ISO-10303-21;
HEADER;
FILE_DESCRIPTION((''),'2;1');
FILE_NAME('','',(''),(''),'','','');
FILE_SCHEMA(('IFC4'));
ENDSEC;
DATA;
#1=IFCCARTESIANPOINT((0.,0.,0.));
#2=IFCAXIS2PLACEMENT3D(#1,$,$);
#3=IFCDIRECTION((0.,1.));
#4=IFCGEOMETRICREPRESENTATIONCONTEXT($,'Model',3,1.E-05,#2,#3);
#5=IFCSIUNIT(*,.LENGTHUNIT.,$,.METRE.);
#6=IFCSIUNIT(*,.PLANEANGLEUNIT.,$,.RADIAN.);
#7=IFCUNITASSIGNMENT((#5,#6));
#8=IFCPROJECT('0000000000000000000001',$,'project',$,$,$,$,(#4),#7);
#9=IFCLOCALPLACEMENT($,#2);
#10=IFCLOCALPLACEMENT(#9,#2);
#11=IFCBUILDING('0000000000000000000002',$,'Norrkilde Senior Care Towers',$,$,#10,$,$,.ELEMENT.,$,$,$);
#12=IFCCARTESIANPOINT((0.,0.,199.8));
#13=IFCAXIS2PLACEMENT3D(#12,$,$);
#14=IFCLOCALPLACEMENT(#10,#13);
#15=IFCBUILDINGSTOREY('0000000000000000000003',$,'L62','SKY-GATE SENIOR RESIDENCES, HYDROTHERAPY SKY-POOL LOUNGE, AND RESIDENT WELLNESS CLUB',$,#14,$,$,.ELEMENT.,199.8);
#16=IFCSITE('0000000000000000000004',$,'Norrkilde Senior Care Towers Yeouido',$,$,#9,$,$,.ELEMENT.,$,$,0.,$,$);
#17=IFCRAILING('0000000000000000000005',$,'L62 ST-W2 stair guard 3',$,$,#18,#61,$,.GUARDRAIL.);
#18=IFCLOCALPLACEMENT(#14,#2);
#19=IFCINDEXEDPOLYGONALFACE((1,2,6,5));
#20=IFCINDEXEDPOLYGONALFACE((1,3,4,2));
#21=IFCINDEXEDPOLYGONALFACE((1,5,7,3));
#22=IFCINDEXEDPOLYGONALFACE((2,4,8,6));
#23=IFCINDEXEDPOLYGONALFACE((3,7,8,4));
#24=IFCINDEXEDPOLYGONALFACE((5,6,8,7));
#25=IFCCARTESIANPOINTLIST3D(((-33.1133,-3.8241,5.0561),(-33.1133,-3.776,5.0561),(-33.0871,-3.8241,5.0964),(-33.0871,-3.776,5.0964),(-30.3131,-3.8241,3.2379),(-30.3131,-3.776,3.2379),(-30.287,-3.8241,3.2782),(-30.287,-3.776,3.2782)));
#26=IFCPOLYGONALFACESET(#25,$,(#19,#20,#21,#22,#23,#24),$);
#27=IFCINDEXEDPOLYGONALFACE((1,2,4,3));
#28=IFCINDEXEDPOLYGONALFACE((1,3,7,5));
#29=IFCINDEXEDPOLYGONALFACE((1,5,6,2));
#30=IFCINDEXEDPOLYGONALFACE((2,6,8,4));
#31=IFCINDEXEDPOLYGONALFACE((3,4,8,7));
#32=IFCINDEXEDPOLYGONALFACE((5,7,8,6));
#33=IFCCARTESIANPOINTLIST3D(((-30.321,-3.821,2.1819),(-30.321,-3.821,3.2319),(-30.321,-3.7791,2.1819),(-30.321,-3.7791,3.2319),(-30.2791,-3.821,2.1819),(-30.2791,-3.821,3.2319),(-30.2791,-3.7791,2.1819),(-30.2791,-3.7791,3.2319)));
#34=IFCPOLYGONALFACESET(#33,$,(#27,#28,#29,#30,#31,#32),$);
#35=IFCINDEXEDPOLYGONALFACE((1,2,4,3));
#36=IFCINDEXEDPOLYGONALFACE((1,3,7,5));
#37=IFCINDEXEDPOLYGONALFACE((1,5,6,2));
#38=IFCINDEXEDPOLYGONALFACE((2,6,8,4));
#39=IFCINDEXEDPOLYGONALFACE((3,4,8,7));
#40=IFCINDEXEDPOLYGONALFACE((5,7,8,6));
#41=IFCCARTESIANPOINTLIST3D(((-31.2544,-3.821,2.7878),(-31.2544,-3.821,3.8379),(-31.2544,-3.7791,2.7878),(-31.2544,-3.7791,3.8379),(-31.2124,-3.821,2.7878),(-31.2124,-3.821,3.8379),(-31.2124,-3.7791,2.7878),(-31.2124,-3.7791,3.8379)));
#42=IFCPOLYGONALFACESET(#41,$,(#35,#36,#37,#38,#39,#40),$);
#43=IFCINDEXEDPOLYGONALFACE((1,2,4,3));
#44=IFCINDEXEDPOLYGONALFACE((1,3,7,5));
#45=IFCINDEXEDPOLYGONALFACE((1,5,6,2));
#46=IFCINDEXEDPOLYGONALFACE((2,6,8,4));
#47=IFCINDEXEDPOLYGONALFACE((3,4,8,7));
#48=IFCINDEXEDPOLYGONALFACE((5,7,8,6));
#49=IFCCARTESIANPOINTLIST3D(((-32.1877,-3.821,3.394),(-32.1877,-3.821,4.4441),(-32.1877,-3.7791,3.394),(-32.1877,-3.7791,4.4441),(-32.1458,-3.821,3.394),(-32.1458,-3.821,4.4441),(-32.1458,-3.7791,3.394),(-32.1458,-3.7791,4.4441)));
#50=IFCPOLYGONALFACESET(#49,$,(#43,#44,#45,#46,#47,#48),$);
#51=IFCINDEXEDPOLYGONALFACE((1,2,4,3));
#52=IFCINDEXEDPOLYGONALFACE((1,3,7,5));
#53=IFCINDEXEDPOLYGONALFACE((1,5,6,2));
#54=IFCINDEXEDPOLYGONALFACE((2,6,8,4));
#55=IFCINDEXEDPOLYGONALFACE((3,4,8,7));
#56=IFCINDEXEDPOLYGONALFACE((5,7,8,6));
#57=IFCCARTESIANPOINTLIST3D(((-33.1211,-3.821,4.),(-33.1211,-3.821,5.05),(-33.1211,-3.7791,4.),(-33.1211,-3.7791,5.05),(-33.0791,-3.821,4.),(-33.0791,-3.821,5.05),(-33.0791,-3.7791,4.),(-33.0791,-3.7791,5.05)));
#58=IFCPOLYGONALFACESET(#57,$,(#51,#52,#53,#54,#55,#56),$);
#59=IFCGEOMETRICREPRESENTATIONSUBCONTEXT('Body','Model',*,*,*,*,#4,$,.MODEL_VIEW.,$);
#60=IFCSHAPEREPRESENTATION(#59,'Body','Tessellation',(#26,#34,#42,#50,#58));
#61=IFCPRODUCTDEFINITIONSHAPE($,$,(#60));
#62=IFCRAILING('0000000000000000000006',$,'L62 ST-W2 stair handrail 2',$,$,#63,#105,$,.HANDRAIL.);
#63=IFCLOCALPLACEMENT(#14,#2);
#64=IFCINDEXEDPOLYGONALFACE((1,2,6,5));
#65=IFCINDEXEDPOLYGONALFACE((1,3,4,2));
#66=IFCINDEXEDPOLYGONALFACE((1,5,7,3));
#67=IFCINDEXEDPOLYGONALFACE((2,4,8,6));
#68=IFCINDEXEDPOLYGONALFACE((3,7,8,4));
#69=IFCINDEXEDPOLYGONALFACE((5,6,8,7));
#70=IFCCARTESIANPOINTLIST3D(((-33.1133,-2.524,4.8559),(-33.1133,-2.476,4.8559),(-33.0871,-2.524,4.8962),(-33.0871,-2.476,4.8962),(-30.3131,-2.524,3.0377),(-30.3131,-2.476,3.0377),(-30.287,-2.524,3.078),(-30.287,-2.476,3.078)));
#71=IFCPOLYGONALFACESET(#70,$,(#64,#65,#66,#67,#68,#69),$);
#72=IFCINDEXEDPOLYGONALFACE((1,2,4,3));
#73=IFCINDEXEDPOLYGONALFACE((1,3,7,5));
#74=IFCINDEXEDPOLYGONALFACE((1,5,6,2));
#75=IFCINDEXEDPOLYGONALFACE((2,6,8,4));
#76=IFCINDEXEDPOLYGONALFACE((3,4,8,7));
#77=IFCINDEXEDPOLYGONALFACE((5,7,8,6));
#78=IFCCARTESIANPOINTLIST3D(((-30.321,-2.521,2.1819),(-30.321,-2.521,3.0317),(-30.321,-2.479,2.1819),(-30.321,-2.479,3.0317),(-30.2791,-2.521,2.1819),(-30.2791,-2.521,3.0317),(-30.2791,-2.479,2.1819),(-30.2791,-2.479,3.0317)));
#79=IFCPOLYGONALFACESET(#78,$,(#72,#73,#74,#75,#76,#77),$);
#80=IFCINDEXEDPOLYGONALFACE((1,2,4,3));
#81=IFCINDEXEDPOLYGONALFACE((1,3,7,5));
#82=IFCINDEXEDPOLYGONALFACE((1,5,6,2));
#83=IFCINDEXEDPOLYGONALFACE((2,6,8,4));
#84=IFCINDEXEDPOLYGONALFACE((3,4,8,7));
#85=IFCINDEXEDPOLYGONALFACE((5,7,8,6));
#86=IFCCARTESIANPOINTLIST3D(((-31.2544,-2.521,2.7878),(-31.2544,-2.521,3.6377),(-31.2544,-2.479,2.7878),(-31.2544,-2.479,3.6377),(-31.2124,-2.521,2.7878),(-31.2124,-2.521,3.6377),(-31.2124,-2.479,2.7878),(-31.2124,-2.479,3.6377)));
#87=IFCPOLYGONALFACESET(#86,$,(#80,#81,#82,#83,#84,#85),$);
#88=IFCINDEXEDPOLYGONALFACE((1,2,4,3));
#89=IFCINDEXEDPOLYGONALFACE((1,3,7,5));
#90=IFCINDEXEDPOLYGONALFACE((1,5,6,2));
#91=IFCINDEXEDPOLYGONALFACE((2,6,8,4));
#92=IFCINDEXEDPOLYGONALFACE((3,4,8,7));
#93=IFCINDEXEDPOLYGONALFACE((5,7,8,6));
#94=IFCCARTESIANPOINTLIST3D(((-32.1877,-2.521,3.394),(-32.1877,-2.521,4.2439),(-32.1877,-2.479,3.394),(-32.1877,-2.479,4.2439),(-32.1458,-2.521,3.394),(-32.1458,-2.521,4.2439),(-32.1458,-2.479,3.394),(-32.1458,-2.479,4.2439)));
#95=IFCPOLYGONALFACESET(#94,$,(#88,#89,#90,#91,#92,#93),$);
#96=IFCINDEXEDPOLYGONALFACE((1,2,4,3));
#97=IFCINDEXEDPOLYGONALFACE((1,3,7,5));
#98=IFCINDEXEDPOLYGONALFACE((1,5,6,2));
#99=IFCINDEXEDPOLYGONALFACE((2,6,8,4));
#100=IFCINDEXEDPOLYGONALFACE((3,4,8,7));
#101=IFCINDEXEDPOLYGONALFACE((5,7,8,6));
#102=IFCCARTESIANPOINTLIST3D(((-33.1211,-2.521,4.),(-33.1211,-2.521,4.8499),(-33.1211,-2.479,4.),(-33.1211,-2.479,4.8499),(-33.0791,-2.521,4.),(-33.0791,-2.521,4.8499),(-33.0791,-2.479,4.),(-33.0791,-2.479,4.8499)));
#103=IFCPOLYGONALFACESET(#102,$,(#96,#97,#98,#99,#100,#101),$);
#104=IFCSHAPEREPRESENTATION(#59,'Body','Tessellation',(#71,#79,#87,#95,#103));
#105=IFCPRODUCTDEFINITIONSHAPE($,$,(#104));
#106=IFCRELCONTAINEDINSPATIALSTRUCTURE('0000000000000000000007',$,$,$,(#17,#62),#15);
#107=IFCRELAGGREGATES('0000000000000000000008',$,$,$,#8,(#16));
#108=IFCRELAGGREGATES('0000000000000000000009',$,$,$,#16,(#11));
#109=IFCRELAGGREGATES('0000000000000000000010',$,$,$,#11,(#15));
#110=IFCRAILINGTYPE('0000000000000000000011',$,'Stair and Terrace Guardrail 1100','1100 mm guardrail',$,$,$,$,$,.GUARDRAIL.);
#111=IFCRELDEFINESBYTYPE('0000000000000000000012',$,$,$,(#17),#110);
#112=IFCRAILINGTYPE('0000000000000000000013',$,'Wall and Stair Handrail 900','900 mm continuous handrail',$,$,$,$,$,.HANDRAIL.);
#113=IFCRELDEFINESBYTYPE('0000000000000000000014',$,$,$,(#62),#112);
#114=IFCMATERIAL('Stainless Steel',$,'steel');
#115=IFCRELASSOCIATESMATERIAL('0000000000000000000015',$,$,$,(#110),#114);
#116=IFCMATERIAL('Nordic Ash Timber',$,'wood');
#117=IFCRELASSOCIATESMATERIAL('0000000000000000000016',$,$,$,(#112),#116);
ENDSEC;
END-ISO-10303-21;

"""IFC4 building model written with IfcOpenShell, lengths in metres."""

from ifc_helpers import new_model, si_unit, direction, frame, origin, origin_2d, place, context, subcontext, project, spatial, rectangle, extrude, material, type_object, element, save


model = new_model("IFC4")

# Units and contexts
model_context = context("Model", 3, precision=1e-05, world=origin(), true_north=direction((0.0, 1.0)))
body_context = subcontext(model_context, "Body", "Model", "MODEL_VIEW")
ifc_project = project(units=[si_unit("LENGTHUNIT", "METRE"), si_unit("PLANEANGLEUNIT", "RADIAN")], contexts=[model_context])

# Site, building, storey
site_placement = place(None, origin())
site = spatial("IfcSite", under=ifc_project, at=site_placement, Name="Norrkilde Senior Care Towers Yeouido", CompositionType="ELEMENT", RefElevation=0.0)
building_placement = place(site_placement, origin())
building = spatial("IfcBuilding", under=site, at=building_placement, Name="Norrkilde Senior Care Towers", CompositionType="ELEMENT")
storey_placement = place(building_placement, frame((0.0, 0.0, 199.8)))
storey = spatial("IfcBuildingStorey", under=building, at=storey_placement, Name="L62", Description="SKY-GATE SENIOR RESIDENCES, HYDROTHERAPY SKY-POOL LOUNGE, AND RESIDENT WELLNESS CLUB", CompositionType="ELEMENT", Elevation=199.8)

# Shared definitions
ifc_material_1 = material(Name="Stainless Steel", Category="steel")

# Railings
railing_type_1 = type_object("IfcRailingType", Name="Stair and Terrace Guardrail 1100", Description="1100 mm guardrail", PredefinedType="GUARDRAIL", material=ifc_material_1)
railing_1_placement = place(storey_placement, frame((-30.3, -3.8, 2.1819)))
element("IfcRailing", 1, at=railing_1_placement, inside=storey, type_object=railing_type_1, Name="L62 ST-W2 stair guard 3", PredefinedType="GUARDRAIL", context=body_context, shape_type="SweptSolid", body=[
    extrude(rectangle(XDim=0.0481, YDim=0.0481, at=origin_2d()), frame((0.0, 0.0, 1.0762), z_axis=(-0.838706, 0.0, 0.544585), x_axis=(0.0, -1.0, 0.0)), (0.0, 0.0, 1.0), 3.3386),
    extrude(rectangle(XDim=0.042, YDim=0.042, at=origin_2d()), origin(), (0.0, 0.0, 1.0), 1.05),
    extrude(rectangle(XDim=0.042, YDim=0.042, at=origin_2d()), frame((-0.9333, 0.0, 0.606)), (0.0, 0.0, 1.0), 1.05),
    extrude(rectangle(XDim=0.042, YDim=0.042, at=origin_2d()), frame((-1.8667, 0.0, 1.2122)), (0.0, 0.0, 1.0), 1.05),
    extrude(rectangle(XDim=0.042, YDim=0.042, at=origin_2d()), frame((-2.8, 0.0, 1.8181)), (0.0, 0.0, 1.0), 1.05),
])
ifc_material_2 = material(Name="Nordic Ash Timber", Category="wood")
railing_type_2 = type_object("IfcRailingType", Name="Wall and Stair Handrail 900", Description="900 mm continuous handrail", PredefinedType="HANDRAIL", material=ifc_material_2)
railing_2_placement = place(storey_placement, frame((-30.3, -2.5, 2.1819)))
element("IfcRailing", 2, at=railing_2_placement, inside=storey, type_object=railing_type_2, Name="L62 ST-W2 stair handrail 2", PredefinedType="HANDRAIL", context=body_context, shape_type="SweptSolid", body=[
    extrude(rectangle(XDim=0.0481, YDim=0.0481, at=origin_2d()), frame((0.0, 0.0, 0.876), z_axis=(-0.838706, 0.0, 0.544585), x_axis=(0.0, -1.0, 0.0)), (0.0, 0.0, 1.0), 3.3386),
    extrude(rectangle(XDim=0.042, YDim=0.042, at=origin_2d()), origin(), (0.0, 0.0, 1.0), 0.8499),
    extrude(rectangle(XDim=0.042, YDim=0.042, at=origin_2d()), frame((-0.9333, 0.0, 0.606)), (0.0, 0.0, 1.0), 0.8499),
    extrude(rectangle(XDim=0.042, YDim=0.042, at=origin_2d()), frame((-1.8667, 0.0, 1.2122)), (0.0, 0.0, 1.0), 0.8499),
    extrude(rectangle(XDim=0.042, YDim=0.042, at=origin_2d()), frame((-2.8, 0.0, 1.8181)), (0.0, 0.0, 1.0), 0.8499),
])

save(model, "model.ifc")
